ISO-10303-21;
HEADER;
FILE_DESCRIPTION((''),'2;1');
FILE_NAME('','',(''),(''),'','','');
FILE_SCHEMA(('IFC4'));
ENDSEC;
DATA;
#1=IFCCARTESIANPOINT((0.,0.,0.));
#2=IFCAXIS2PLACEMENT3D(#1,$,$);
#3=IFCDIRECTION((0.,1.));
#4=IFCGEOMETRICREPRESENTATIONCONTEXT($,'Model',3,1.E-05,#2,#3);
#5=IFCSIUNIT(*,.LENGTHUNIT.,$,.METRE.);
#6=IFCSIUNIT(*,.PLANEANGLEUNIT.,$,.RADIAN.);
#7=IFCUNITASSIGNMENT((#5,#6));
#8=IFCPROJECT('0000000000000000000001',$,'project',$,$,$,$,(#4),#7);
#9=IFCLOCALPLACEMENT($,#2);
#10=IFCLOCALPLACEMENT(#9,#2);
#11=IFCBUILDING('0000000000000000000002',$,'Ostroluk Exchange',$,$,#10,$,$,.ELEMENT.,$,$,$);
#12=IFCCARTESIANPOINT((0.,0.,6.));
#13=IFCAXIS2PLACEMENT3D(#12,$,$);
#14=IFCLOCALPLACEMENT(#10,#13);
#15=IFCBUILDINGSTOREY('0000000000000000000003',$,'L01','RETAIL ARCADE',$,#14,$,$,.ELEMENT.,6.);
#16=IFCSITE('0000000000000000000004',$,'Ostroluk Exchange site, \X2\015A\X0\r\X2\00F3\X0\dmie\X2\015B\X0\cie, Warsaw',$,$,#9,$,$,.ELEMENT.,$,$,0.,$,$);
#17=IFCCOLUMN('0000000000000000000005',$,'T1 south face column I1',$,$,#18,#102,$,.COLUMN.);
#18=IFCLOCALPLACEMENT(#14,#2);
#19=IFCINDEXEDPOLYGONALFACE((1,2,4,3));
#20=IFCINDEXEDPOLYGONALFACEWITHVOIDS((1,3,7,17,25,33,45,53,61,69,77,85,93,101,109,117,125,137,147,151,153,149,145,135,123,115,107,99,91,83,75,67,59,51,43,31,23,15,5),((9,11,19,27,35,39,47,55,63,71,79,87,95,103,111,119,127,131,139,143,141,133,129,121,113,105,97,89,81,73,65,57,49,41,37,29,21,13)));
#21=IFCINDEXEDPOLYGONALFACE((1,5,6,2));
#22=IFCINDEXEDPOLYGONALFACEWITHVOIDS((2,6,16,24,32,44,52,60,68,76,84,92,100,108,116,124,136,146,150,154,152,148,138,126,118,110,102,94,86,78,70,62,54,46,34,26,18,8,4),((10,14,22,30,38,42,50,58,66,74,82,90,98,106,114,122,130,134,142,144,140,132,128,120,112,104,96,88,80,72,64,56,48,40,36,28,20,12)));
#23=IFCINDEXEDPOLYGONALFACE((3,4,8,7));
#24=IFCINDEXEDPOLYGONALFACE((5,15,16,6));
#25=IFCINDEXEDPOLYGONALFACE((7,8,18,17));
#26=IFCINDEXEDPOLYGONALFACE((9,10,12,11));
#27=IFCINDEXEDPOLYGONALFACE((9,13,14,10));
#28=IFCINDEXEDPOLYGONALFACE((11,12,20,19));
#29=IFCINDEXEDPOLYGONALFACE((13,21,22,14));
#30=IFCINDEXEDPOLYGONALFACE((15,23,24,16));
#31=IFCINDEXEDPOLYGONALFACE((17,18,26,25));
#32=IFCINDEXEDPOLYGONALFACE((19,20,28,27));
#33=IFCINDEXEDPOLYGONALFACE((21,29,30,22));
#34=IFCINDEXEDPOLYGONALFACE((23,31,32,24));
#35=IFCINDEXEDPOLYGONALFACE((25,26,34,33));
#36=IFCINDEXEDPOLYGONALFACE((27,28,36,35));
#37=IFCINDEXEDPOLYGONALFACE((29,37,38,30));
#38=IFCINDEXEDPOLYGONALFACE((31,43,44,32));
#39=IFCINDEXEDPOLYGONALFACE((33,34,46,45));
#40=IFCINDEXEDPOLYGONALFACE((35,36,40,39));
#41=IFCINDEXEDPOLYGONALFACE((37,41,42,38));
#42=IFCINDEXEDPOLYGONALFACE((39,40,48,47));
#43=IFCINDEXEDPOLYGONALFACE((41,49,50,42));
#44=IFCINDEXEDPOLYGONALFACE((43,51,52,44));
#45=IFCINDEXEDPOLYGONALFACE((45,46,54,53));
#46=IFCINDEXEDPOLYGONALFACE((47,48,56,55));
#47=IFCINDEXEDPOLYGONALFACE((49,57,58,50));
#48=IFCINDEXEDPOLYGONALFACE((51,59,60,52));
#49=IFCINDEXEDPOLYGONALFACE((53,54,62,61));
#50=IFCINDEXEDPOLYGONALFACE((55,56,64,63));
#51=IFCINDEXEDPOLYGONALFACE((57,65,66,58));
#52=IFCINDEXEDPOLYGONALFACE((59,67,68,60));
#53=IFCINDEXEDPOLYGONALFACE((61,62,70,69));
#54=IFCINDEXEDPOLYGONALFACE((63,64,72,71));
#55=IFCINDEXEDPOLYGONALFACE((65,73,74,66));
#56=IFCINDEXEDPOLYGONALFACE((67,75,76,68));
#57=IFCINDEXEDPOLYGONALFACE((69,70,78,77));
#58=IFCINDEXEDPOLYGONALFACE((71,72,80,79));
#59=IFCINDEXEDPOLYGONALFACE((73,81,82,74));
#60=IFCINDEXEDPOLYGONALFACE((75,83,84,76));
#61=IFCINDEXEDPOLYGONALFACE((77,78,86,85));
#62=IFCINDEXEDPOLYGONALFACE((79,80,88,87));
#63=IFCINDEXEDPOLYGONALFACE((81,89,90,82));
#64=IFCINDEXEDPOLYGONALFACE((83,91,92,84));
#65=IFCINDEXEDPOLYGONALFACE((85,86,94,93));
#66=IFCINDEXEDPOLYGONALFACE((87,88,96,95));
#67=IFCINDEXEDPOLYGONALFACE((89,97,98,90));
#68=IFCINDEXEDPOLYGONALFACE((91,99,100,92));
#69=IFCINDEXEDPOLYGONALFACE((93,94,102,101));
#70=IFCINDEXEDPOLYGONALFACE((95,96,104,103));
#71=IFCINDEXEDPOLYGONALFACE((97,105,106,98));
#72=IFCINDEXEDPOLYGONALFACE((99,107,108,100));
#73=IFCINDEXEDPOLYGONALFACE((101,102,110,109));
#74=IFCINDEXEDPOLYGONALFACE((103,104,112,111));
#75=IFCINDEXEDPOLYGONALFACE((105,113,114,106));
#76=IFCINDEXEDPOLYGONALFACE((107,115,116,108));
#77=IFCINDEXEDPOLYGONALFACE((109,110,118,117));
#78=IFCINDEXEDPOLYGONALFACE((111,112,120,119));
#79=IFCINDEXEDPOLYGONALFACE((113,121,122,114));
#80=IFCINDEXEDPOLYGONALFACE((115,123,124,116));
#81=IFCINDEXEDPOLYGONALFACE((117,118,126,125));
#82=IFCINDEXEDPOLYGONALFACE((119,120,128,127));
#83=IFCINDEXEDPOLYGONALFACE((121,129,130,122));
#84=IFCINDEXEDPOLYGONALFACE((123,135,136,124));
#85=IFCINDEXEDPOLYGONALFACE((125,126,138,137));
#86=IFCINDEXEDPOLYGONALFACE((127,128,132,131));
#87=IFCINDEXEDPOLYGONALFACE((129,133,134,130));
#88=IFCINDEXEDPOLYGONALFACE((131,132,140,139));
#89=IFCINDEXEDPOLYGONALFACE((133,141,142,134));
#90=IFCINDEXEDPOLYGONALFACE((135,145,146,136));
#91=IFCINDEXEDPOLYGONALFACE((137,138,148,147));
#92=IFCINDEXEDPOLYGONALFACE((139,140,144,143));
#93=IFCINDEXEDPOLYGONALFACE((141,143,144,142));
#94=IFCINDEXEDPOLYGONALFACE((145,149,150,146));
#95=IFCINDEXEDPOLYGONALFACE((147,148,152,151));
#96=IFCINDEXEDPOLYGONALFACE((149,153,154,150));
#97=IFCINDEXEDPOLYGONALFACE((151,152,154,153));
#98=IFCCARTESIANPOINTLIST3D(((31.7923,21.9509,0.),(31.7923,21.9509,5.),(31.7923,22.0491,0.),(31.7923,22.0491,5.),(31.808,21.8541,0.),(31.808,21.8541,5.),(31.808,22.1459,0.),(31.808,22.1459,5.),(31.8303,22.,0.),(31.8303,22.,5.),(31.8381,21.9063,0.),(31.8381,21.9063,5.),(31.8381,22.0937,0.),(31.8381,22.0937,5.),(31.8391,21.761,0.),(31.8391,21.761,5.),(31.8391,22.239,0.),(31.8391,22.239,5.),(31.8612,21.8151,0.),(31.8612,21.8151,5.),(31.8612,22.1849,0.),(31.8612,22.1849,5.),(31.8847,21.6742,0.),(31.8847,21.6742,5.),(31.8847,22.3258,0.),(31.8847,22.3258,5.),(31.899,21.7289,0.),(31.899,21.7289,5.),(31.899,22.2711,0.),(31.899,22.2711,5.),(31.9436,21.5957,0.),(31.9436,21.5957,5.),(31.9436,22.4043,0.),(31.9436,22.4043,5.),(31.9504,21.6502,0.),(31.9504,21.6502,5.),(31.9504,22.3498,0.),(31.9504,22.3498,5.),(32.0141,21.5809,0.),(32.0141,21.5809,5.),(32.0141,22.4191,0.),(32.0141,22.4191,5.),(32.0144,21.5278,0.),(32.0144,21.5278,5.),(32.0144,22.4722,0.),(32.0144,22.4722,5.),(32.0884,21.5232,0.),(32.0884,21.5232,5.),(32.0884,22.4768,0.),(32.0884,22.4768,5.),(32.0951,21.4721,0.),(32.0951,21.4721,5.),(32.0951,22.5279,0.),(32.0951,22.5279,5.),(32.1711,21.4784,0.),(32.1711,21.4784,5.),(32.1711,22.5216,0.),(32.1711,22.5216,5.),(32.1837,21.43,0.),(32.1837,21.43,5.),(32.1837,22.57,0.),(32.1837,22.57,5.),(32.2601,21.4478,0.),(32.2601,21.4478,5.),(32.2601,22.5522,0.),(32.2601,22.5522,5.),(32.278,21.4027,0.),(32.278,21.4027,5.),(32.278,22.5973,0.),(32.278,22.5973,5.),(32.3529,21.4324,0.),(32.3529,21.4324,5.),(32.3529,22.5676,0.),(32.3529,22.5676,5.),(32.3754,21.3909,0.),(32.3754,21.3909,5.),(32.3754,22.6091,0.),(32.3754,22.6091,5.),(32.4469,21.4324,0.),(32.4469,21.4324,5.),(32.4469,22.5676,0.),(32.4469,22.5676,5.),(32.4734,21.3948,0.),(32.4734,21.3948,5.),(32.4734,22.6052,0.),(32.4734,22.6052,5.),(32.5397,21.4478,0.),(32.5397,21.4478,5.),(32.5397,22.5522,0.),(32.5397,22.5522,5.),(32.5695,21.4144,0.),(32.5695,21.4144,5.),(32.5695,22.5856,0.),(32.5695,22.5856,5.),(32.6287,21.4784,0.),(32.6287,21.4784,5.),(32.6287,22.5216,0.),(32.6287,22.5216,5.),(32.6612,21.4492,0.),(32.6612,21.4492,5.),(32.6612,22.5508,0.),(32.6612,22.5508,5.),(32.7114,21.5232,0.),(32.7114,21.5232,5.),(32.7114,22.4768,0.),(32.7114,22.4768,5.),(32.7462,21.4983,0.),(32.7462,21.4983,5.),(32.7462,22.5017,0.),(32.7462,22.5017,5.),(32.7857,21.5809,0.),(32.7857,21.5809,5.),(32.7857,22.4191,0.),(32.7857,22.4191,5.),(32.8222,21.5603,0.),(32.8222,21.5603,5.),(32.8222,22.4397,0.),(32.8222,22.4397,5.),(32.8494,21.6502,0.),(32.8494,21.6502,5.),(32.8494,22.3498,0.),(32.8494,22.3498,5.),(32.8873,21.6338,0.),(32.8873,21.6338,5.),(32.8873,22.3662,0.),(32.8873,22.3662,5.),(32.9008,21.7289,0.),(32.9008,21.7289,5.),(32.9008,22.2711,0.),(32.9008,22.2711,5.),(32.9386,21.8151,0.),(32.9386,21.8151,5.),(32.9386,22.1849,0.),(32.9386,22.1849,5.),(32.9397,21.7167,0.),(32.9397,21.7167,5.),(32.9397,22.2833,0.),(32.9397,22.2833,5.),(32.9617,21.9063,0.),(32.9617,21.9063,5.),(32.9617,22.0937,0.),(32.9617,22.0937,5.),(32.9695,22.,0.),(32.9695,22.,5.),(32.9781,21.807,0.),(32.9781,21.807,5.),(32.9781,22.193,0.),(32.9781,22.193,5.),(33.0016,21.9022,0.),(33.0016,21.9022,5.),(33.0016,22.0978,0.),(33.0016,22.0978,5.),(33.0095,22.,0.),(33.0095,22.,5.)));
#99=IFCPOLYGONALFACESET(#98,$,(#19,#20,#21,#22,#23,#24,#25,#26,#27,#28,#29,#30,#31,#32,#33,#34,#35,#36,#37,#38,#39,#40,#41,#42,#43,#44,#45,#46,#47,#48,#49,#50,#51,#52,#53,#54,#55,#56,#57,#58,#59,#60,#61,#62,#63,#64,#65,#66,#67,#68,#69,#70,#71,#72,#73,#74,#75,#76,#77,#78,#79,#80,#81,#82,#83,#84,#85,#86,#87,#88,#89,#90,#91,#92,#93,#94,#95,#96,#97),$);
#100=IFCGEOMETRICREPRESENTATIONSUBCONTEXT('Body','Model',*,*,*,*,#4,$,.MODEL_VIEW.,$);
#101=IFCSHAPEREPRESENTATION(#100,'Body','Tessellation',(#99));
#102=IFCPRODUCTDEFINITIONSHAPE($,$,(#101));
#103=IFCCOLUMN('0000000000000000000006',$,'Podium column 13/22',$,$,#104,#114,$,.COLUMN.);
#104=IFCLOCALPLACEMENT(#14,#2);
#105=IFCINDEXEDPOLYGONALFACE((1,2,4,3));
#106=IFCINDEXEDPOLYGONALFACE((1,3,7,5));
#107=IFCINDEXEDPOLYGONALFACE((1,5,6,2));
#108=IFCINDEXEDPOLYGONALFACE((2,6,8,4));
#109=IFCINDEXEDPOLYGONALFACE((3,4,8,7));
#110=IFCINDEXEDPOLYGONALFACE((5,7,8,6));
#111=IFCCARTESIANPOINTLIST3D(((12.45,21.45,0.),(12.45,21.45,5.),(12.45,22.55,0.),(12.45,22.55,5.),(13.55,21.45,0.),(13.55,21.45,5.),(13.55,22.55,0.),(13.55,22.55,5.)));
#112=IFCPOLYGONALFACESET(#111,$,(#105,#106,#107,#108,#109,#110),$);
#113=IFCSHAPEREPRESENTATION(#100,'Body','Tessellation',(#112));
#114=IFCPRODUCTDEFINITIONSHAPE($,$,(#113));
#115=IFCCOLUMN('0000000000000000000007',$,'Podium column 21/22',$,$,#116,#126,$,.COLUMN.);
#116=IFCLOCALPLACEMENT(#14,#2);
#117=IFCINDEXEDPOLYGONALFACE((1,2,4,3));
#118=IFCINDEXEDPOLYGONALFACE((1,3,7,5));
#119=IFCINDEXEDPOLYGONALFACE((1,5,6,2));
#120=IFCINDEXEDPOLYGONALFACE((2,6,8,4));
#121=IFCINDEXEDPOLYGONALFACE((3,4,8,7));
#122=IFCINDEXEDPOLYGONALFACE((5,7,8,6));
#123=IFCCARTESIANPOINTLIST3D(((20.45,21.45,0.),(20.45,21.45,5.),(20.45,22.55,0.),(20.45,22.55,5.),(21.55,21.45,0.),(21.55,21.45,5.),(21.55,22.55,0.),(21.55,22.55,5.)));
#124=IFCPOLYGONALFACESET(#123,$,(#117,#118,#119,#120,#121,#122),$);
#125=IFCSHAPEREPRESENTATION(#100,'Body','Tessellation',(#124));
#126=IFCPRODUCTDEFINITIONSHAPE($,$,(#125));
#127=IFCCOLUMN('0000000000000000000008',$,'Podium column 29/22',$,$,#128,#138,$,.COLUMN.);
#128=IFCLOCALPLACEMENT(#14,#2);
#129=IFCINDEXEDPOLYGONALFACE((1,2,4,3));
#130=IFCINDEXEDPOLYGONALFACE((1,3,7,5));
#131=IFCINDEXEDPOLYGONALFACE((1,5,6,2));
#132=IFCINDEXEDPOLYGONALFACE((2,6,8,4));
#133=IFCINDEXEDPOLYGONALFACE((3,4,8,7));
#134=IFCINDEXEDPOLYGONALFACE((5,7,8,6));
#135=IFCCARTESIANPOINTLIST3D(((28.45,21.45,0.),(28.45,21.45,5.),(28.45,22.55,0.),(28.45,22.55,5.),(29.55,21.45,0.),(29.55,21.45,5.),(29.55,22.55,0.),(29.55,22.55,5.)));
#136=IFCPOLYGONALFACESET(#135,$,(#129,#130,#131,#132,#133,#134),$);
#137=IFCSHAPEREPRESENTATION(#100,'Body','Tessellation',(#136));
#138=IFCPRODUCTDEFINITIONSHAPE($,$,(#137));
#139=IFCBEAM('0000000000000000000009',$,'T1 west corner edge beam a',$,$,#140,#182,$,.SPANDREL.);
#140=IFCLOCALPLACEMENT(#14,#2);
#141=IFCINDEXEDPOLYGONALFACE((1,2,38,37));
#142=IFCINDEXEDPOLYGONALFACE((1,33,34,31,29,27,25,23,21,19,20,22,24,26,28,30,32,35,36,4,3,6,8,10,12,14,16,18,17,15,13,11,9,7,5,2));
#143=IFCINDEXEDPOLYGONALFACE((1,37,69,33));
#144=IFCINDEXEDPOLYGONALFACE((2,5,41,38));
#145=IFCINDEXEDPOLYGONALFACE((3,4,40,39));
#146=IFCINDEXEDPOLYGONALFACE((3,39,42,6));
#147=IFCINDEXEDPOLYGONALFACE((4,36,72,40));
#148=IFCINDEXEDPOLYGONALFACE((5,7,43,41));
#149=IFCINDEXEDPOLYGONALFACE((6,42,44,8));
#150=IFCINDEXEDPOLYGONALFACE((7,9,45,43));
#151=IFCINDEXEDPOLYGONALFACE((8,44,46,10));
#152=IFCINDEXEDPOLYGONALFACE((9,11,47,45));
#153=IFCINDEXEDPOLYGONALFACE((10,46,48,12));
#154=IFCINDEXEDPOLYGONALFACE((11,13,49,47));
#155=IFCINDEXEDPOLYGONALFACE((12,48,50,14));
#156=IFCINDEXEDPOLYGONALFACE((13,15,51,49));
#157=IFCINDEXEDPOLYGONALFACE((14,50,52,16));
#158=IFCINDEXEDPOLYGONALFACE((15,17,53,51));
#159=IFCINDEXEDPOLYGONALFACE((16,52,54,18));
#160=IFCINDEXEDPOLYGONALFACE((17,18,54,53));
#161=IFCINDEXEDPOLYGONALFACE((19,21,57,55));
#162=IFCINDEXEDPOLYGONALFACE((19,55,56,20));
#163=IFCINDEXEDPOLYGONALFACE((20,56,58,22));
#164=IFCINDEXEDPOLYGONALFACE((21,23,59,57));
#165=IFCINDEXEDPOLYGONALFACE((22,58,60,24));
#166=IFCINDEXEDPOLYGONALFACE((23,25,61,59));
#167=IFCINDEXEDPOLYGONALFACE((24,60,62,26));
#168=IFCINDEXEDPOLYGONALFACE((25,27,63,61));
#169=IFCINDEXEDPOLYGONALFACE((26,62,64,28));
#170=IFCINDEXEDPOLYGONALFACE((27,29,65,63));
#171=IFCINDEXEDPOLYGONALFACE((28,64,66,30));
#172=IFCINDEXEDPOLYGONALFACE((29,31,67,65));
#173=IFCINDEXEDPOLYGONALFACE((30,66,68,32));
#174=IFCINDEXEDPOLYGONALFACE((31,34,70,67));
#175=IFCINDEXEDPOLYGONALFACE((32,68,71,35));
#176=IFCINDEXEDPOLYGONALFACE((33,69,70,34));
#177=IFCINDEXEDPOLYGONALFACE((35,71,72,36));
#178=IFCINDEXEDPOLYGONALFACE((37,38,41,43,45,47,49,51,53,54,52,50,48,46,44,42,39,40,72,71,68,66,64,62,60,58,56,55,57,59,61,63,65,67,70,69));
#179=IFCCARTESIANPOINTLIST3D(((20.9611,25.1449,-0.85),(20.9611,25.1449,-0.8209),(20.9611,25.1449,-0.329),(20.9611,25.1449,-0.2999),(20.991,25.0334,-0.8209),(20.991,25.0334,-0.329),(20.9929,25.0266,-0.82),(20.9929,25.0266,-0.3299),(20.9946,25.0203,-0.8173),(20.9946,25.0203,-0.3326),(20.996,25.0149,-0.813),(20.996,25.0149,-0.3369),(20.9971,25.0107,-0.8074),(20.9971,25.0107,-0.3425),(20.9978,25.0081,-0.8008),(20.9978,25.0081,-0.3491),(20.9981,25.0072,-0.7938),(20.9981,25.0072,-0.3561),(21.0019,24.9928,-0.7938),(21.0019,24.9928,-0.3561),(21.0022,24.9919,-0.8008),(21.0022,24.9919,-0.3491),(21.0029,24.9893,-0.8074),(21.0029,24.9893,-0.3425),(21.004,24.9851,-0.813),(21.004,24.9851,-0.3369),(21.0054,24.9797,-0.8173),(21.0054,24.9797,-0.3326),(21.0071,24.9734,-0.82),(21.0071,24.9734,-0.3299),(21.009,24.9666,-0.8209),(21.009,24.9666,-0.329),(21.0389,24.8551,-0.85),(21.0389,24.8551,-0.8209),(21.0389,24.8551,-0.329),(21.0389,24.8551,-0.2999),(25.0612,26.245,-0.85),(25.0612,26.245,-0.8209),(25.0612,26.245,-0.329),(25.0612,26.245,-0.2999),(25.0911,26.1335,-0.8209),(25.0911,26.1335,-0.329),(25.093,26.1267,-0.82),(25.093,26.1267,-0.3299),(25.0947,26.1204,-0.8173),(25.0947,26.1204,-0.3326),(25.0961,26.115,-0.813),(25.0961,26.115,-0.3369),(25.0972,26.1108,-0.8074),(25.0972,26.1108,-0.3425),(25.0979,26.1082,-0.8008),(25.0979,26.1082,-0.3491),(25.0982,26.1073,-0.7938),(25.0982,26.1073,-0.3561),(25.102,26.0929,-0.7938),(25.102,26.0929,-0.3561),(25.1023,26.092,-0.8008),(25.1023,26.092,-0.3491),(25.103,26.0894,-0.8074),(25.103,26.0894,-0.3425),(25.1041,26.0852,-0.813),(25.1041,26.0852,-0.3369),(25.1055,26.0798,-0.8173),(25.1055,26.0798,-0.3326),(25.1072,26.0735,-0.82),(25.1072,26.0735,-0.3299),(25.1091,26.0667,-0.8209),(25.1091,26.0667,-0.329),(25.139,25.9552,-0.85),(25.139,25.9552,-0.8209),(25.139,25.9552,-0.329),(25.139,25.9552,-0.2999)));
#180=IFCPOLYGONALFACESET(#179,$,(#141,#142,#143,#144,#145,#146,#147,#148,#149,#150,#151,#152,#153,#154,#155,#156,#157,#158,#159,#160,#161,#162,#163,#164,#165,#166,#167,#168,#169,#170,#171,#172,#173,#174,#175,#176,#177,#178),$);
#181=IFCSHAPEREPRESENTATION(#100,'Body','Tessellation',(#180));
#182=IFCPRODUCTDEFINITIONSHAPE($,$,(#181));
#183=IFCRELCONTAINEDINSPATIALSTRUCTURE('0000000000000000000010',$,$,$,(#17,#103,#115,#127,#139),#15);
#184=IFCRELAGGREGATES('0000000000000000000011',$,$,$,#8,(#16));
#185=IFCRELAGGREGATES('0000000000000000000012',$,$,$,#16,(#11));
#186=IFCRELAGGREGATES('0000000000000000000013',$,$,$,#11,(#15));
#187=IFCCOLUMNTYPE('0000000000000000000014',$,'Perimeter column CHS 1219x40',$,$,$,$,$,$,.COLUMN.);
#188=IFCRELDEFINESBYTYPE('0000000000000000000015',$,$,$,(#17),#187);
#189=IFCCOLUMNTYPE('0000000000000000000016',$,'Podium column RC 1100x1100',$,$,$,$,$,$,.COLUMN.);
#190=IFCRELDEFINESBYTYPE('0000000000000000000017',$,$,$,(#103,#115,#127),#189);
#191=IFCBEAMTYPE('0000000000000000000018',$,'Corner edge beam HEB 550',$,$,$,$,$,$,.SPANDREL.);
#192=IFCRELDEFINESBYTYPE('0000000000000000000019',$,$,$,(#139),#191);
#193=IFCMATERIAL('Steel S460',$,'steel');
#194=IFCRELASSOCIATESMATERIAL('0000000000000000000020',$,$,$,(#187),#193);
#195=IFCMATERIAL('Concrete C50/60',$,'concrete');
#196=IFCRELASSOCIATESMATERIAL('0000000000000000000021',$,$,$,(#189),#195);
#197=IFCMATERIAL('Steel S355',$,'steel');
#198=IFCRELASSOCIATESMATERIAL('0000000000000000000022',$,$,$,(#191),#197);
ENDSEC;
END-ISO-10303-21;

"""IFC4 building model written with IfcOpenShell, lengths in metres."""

from ifc_helpers import new_model, si_unit, direction, frame, origin, origin_2d, place, context, subcontext, project, spatial, rectangle, hollow_circle, i_section, extrude, material, material_profile, profile_set, type_object, element, save


model = new_model("IFC4")

# Units and contexts
model_context = context("Model", 3, precision=1e-05, world=origin(), true_north=direction((0.0, 1.0)))
body_context = subcontext(model_context, "Body", "Model", "MODEL_VIEW")
ifc_project = project(units=[si_unit("LENGTHUNIT", "METRE"), si_unit("PLANEANGLEUNIT", "RADIAN")], contexts=[model_context])

# Site, building, storey
site_placement = place(None, origin())
site = spatial("IfcSite", under=ifc_project, at=site_placement, Name="Ostroluk Exchange site, Śródmieście, Warsaw", CompositionType="ELEMENT", RefElevation=0.0)
building_placement = place(site_placement, origin())
building = spatial("IfcBuilding", under=site, at=building_placement, Name="Ostroluk Exchange", CompositionType="ELEMENT")
storey_placement = place(building_placement, frame((0.0, 0.0, 6.0)))
storey = spatial("IfcBuildingStorey", under=building, at=storey_placement, Name="L01", Description="RETAIL ARCADE", CompositionType="ELEMENT", Elevation=6.0)

# Columns
ifc_material_1 = material(Name="Steel S460", Category="steel")
ifc_material_profile_1 = material_profile(ifc_material_1, hollow_circle(Radius=0.6096, WallThickness=0.04, at=origin_2d()), Name="CHS 1219x40")
ifc_profile_set_1 = profile_set([ifc_material_profile_1], Name="Steel S460")
column_type_1 = type_object("IfcColumnType", Name="Perimeter column CHS 1219x40", PredefinedType="COLUMN", material=ifc_profile_set_1)
for number, where, z_axis, x_axis, name in (
    (1, (32.3999, 22.0, 0.0), (0.0, 0.0, 1.0), (1.0, 0.0, 0.0), "T1 south face column I1"),
):
    element("IfcColumn", number, at=place(storey_placement, frame(where, z_axis=z_axis, x_axis=x_axis)), inside=storey, type_object=column_type_1, Name=name, PredefinedType="COLUMN", context=body_context, shape_type="SweptSolid", body=[
        extrude(hollow_circle(Radius=0.6096, WallThickness=0.04, at=origin_2d()), origin(), (0.0, 0.0, 1.0), 5.0),
    ])
ifc_material_2 = material(Name="Concrete C50/60", Category="concrete")
ifc_material_profile_2 = material_profile(ifc_material_2, rectangle(XDim=1.1001, YDim=1.1001, at=origin_2d()), Name="RC 1100x1100")
ifc_profile_set_2 = profile_set([ifc_material_profile_2], Name="Concrete C50/60")
column_type_2 = type_object("IfcColumnType", Name="Podium column RC 1100x1100", PredefinedType="COLUMN", material=ifc_profile_set_2)
for number, where, z_axis, x_axis, name in (
    (2, (13.0, 22.0, 0.0), (0.0, 0.0, 1.0), (1.0, 0.0, 0.0), "Podium column 13/22"),
    (3, (21.0, 22.0, 0.0), (0.0, 0.0, 1.0), (1.0, 0.0, 0.0), "Podium column 21/22"),
    (4, (29.0, 22.0, 0.0), (0.0, 0.0, 1.0), (1.0, 0.0, 0.0), "Podium column 29/22"),
):
    element("IfcColumn", number, at=place(storey_placement, frame(where, z_axis=z_axis, x_axis=x_axis)), inside=storey, type_object=column_type_2, Name=name, PredefinedType="COLUMN", context=body_context, shape_type="SweptSolid", body=[
        extrude(rectangle(XDim=1.1001, YDim=1.1001, at=origin_2d()), origin(), (0.0, 0.0, 1.0), 5.0),
    ])

# Beam
ifc_material_3 = material(Name="Steel S355", Category="steel")
ifc_material_profile_3 = material_profile(ifc_material_3, i_section(OverallWidth=0.3, OverallDepth=0.55, WebThickness=0.0149, FlangeThickness=0.0291, FilletRadius=0.0271, at=origin_2d()), Name="HEB 550")
ifc_profile_set_3 = profile_set([ifc_material_profile_3], Name="Steel S355")
beam_type_1 = type_object("IfcBeamType", Name="Corner edge beam HEB 550", PredefinedType="SPANDREL", material=ifc_profile_set_3)
for number, where, z_axis, x_axis, name in (
    (5, (25.1001, 26.1001, -0.575), (-0.965839, -0.259144, 0.0), (0.259144, -0.965839, 0.0), "T1 west corner edge beam a"),
):
    element("IfcBeam", number, at=place(storey_placement, frame(where, z_axis=z_axis, x_axis=x_axis)), inside=storey, type_object=beam_type_1, Name=name, PredefinedType="SPANDREL", context=body_context, shape_type="SweptSolid", body=[
        extrude(i_section(OverallWidth=0.3, OverallDepth=0.55, WebThickness=0.0149, FlangeThickness=0.0291, FilletRadius=0.0271, at=origin_2d()), origin(), (0.0, 0.0, 1.0), 4.2451),
    ])

save(model, "model.ifc")
